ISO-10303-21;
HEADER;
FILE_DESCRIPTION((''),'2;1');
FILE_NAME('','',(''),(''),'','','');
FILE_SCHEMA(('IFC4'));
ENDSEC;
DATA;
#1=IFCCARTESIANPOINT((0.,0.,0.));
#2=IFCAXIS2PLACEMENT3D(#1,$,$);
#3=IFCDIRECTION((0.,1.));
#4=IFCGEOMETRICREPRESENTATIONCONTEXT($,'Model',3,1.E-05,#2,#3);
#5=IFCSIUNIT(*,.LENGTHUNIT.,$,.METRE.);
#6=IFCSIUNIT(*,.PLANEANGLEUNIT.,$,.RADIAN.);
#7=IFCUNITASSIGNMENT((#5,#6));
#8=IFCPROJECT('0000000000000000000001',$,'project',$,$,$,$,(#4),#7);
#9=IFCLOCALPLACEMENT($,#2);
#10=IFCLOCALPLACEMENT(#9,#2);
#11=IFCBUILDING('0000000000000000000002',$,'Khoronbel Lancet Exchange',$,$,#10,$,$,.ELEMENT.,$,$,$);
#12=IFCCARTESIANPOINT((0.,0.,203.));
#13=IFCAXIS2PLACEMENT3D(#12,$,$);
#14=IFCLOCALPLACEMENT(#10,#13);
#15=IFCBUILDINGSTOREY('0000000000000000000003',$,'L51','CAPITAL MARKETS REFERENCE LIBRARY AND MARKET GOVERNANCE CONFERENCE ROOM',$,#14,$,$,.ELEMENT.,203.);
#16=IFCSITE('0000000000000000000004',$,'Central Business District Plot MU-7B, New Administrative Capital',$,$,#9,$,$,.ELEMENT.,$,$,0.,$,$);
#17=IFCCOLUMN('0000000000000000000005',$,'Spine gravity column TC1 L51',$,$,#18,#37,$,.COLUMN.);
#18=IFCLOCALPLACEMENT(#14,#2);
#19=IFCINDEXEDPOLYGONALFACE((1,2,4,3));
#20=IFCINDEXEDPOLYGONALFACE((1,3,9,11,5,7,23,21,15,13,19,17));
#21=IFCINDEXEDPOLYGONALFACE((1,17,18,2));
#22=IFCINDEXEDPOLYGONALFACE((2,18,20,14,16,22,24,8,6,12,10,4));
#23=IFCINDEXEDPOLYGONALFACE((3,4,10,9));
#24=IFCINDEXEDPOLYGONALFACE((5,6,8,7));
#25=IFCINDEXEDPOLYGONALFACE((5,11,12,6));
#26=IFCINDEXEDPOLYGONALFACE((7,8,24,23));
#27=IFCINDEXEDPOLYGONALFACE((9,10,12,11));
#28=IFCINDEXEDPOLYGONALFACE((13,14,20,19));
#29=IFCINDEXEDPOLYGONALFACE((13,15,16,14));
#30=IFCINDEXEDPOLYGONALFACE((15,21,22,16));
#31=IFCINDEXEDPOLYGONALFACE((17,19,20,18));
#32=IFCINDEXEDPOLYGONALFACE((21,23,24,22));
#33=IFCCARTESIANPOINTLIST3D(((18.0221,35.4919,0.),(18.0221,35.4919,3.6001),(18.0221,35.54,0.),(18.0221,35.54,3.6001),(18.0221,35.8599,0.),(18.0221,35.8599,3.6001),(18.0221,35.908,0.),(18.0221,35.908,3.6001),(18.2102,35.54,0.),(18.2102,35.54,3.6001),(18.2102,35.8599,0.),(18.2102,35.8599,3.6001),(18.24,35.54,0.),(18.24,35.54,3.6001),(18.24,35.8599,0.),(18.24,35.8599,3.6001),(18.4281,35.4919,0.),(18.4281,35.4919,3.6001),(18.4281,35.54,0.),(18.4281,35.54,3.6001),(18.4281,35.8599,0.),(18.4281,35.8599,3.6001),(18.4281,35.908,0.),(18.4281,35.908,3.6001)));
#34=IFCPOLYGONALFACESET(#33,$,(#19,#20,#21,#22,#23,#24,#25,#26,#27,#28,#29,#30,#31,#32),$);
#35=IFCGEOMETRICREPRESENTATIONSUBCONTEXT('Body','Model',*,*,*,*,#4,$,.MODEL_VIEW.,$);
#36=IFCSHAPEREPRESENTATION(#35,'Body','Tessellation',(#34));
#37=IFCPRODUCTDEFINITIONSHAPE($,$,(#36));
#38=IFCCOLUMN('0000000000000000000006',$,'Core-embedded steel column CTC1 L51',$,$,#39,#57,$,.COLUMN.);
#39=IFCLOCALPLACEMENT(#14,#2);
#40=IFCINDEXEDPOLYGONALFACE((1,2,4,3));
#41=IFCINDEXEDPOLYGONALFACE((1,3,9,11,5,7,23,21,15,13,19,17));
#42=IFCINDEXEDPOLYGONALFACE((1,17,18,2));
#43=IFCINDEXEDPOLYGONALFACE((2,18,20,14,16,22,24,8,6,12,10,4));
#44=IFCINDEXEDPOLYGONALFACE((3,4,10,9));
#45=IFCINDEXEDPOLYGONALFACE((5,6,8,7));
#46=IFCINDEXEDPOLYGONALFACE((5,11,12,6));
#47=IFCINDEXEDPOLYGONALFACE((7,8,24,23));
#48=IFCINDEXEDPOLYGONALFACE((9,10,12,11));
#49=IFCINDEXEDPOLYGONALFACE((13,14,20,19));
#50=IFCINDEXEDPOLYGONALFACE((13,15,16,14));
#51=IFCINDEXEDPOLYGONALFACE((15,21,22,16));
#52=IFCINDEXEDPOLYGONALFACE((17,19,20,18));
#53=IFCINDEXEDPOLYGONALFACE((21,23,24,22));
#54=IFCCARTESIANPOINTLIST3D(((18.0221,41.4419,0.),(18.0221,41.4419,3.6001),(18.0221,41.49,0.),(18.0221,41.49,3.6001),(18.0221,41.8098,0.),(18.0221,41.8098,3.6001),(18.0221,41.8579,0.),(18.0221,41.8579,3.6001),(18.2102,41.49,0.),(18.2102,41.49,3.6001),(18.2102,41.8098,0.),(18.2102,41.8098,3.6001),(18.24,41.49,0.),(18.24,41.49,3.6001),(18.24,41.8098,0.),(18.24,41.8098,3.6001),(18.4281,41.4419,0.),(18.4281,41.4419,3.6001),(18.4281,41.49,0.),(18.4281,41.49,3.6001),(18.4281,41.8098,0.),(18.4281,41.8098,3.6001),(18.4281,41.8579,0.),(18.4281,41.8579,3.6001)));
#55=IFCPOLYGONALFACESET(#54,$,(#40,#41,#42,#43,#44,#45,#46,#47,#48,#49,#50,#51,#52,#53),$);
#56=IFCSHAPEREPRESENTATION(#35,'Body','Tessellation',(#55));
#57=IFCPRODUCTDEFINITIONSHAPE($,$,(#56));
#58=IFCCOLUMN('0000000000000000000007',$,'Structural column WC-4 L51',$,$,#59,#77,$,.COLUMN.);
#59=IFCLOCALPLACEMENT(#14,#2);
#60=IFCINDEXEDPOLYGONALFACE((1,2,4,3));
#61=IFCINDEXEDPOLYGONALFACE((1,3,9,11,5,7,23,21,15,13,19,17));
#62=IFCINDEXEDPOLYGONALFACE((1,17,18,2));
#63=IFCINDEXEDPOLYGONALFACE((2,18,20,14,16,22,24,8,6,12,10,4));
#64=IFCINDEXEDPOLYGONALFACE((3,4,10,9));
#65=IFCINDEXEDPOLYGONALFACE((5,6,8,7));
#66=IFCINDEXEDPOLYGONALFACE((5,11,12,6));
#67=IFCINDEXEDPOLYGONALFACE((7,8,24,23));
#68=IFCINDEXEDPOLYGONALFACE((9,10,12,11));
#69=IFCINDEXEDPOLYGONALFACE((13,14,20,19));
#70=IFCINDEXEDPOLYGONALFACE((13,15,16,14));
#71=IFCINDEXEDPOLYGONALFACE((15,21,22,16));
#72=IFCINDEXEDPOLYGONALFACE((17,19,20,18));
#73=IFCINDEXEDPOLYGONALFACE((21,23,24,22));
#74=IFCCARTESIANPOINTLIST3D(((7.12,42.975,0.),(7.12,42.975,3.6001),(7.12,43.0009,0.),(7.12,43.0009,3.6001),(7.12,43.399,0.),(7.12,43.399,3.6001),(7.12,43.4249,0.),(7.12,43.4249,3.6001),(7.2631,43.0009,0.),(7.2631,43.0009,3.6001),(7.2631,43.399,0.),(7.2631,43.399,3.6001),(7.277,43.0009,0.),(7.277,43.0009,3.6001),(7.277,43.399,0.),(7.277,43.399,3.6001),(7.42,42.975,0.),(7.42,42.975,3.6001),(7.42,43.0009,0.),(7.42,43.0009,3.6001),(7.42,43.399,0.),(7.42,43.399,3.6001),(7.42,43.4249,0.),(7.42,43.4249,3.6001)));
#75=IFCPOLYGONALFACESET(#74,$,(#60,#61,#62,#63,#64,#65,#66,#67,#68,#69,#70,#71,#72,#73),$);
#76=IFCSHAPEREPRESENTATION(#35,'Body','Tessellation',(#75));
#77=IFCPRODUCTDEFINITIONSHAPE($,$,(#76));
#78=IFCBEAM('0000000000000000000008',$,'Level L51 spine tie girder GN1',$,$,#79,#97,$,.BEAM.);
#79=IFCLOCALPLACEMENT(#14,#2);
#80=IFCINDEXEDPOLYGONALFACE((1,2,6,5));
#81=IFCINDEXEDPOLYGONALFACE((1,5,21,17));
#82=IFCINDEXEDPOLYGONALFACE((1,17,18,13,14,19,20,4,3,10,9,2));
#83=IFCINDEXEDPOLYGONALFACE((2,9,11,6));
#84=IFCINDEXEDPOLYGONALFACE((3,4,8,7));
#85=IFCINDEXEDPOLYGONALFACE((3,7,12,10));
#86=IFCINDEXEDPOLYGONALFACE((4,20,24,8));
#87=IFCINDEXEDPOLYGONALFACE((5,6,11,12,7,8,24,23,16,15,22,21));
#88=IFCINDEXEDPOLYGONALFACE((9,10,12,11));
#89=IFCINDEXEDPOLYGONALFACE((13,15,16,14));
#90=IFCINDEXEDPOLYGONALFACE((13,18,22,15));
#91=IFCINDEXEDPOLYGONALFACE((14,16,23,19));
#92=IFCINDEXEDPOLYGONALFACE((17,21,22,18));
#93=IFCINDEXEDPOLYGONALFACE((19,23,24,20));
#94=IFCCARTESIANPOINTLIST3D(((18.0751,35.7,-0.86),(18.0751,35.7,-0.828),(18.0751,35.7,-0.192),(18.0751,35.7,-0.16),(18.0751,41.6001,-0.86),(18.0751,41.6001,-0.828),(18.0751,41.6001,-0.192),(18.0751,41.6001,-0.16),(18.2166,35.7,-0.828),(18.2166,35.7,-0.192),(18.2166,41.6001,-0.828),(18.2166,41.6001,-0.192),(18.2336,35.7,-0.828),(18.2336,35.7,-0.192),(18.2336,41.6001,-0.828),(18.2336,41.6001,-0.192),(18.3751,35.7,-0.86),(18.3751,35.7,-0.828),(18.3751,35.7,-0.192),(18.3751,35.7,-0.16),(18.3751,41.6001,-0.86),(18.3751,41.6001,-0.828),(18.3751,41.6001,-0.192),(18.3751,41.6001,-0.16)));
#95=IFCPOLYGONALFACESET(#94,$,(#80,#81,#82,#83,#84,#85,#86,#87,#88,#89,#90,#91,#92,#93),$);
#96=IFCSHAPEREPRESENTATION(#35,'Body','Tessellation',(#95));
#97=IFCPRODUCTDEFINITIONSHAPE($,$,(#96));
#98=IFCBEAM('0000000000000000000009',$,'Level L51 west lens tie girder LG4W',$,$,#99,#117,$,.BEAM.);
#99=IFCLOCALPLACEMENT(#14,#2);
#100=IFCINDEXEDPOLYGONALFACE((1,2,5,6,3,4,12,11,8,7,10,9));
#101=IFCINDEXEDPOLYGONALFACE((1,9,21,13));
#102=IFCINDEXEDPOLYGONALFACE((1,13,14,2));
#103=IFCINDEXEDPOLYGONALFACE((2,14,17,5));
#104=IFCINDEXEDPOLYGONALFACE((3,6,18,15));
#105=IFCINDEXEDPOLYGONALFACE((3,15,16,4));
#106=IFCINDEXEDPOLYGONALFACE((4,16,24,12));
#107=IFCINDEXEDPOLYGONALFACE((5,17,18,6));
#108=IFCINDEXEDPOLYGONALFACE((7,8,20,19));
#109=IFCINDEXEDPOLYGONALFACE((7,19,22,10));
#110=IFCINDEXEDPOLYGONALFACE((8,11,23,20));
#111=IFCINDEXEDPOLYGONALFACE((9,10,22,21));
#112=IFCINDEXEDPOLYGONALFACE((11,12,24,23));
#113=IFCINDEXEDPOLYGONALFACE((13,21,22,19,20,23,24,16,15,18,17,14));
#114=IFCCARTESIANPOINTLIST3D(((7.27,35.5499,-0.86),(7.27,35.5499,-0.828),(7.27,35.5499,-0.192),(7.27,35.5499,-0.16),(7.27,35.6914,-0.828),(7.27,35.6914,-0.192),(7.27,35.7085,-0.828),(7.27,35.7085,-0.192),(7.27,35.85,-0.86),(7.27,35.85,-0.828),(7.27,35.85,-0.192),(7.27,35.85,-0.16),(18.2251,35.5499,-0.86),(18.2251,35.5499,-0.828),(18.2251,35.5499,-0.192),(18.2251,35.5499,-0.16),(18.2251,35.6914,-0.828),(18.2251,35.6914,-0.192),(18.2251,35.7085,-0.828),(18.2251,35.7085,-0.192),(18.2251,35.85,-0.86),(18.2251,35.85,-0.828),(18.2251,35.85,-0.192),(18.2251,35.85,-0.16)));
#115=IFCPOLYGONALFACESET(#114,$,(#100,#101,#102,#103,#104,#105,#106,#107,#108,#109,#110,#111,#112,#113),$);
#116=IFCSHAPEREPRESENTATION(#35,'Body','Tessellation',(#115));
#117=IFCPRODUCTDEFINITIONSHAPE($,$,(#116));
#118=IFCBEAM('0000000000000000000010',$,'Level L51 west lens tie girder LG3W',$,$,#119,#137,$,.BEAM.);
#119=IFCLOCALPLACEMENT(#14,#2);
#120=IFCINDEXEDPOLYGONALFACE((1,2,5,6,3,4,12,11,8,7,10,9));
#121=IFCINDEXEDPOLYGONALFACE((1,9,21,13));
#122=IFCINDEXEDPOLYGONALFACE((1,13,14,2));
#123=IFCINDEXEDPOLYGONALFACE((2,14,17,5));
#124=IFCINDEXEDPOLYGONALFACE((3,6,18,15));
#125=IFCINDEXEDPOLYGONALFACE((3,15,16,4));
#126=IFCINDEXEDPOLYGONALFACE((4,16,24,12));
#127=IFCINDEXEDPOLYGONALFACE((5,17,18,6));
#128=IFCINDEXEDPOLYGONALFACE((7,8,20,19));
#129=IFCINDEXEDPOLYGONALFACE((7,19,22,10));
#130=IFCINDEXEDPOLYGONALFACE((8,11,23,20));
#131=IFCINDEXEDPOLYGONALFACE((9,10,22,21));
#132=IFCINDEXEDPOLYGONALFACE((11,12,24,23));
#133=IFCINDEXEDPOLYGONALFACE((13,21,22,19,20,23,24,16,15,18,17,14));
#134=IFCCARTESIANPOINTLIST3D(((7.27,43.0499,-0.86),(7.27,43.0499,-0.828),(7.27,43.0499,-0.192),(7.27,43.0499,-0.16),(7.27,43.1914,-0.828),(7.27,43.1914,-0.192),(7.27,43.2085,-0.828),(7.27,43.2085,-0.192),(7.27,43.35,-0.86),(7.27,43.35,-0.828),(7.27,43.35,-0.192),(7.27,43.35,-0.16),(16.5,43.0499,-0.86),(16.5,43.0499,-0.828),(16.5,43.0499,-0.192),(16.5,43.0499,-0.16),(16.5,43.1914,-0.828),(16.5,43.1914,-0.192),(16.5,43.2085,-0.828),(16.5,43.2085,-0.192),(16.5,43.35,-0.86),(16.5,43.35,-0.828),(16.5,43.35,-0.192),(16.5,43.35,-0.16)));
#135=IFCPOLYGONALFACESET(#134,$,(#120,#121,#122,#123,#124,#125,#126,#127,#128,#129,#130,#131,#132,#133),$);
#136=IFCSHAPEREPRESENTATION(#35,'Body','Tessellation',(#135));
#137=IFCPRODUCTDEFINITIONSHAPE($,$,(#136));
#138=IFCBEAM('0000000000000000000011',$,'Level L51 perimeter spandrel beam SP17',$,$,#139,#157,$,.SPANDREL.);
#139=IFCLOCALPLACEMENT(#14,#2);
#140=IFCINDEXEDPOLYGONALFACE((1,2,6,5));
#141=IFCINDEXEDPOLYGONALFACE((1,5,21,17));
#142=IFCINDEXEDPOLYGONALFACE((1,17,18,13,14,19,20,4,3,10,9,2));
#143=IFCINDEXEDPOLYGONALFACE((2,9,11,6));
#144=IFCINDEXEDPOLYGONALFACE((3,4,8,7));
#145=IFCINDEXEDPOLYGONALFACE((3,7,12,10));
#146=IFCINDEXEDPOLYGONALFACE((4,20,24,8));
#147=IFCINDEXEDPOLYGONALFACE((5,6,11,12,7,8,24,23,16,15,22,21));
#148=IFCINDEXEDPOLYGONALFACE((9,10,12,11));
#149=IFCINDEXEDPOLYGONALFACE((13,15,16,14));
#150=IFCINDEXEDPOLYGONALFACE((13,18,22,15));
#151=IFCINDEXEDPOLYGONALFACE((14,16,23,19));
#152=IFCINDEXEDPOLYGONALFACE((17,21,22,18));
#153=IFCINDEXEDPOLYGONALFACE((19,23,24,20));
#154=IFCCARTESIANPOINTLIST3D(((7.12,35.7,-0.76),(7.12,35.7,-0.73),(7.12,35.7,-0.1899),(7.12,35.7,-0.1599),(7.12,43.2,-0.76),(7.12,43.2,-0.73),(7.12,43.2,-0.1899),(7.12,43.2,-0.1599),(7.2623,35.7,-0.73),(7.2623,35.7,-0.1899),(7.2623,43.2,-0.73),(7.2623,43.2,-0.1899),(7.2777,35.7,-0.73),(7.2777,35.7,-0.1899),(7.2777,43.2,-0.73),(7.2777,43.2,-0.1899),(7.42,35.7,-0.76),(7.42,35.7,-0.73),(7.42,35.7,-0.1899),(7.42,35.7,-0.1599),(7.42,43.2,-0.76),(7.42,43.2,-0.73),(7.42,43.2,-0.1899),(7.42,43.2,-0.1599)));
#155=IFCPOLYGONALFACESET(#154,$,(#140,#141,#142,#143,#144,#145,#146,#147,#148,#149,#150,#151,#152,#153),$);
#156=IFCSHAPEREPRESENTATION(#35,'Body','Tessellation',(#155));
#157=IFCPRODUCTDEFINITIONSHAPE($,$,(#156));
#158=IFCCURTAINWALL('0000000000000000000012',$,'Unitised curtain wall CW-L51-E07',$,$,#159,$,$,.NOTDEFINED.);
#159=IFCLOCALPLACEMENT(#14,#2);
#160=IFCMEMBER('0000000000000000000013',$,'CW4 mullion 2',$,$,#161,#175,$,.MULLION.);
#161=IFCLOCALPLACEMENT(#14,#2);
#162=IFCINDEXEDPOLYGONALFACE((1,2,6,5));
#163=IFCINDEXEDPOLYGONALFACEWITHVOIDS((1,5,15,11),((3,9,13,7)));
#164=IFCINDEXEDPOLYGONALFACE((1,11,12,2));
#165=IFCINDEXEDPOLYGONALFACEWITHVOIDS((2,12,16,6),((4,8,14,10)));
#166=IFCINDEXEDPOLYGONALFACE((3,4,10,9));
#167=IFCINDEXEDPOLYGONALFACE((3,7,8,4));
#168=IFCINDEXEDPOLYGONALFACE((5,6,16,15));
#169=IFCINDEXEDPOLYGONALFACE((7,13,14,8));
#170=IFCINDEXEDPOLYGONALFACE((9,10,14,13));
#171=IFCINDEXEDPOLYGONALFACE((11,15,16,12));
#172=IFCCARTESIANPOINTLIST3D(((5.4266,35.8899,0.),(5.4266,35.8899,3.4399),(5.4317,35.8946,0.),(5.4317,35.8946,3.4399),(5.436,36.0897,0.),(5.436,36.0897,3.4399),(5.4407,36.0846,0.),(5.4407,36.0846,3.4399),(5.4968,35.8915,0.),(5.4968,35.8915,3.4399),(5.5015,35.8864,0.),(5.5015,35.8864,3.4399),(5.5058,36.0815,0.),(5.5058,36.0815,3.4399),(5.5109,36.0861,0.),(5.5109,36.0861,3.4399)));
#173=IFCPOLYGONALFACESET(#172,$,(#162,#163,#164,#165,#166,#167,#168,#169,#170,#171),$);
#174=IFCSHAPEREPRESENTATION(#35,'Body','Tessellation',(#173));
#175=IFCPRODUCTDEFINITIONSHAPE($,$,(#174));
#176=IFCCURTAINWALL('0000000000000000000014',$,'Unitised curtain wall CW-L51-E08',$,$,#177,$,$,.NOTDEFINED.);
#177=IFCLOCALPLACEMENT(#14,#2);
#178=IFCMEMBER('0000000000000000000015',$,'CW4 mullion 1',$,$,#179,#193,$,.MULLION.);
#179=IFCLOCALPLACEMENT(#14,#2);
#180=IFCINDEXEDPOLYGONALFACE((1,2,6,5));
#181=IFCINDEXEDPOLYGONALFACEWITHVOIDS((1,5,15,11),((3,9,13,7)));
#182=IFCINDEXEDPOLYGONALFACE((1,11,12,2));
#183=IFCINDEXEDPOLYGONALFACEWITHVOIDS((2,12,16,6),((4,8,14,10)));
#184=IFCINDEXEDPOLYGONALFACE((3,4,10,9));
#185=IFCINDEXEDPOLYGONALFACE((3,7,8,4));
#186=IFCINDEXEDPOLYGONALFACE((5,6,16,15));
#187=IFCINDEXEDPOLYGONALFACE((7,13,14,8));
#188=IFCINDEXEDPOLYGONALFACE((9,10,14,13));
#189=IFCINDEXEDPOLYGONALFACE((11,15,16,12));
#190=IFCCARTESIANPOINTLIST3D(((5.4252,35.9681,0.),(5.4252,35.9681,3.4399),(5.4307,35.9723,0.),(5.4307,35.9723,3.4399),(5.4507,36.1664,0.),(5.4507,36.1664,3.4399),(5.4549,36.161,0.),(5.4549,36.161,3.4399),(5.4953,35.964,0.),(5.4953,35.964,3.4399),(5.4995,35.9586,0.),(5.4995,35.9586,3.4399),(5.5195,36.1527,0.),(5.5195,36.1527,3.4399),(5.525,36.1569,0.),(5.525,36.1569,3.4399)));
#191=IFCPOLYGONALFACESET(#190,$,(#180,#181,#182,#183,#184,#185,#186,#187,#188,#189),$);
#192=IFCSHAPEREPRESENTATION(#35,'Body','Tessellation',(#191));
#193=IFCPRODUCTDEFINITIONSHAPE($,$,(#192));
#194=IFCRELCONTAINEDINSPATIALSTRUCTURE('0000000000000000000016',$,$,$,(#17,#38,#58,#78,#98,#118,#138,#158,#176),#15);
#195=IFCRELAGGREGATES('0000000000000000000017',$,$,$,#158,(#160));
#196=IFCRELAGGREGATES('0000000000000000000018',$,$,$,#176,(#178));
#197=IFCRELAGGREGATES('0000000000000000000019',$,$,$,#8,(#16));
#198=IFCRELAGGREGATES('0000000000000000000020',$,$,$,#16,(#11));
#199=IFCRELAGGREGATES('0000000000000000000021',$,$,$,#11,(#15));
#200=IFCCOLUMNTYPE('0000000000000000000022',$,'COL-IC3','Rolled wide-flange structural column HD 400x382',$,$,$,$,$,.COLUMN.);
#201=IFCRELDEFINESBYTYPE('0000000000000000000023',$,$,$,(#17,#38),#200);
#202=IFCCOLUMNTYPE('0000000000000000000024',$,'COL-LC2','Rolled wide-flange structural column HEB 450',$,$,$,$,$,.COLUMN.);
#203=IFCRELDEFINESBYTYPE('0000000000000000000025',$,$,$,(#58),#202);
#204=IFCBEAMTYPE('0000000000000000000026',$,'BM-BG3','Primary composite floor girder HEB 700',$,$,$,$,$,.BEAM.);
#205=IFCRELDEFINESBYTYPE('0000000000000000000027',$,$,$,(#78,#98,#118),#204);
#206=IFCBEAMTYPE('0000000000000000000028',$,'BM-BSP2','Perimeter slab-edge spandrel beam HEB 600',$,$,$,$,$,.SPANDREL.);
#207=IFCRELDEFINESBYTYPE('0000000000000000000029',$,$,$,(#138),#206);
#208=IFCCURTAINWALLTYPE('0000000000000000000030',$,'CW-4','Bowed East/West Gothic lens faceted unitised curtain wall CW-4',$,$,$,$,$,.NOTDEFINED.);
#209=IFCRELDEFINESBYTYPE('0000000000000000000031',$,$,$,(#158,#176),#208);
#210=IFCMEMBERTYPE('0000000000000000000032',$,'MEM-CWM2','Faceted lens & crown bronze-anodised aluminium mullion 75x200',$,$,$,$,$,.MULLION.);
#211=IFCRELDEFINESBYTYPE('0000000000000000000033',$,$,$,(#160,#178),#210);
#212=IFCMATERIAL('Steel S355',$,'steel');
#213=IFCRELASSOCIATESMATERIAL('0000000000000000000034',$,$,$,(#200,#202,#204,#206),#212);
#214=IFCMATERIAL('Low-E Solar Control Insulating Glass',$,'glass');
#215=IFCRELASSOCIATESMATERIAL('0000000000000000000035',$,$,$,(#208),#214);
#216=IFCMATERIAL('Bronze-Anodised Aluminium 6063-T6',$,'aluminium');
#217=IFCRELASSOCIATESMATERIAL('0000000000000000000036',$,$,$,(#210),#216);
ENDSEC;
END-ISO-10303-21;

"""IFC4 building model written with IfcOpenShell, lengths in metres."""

from ifc_helpers import new_model, si_unit, direction, frame, origin, origin_2d, place, context, subcontext, project, spatial, hollow_rectangle, i_section, extrude, material, material_profile, profile_set, type_object, element, aggregate, save


model = new_model("IFC4")

# Units and contexts
model_context = context("Model", 3, precision=1e-05, world=origin(), true_north=direction((0.0, 1.0)))
body_context = subcontext(model_context, "Body", "Model", "MODEL_VIEW")
ifc_project = project(units=[si_unit("LENGTHUNIT", "METRE"), si_unit("PLANEANGLEUNIT", "RADIAN")], contexts=[model_context])

# Site, building, storey
site_placement = place(None, origin())
site = spatial("IfcSite", under=ifc_project, at=site_placement, Name="Central Business District Plot MU-7B, New Administrative Capital", CompositionType="ELEMENT", RefElevation=0.0)
building_placement = place(site_placement, origin())
building = spatial("IfcBuilding", under=site, at=building_placement, Name="Khoronbel Lancet Exchange", CompositionType="ELEMENT")
storey_placement = place(building_placement, frame((0.0, 0.0, 203.0)))
storey = spatial("IfcBuildingStorey", under=building, at=storey_placement, Name="L51", Description="CAPITAL MARKETS REFERENCE LIBRARY AND MARKET GOVERNANCE CONFERENCE ROOM", CompositionType="ELEMENT", Elevation=203.0)

# Columns
ifc_material_1 = material(Name="Steel S355", Category="steel")
ifc_material_profile_1 = material_profile(ifc_material_1, i_section(OverallWidth=0.406, OverallDepth=0.416, WebThickness=0.0298, FlangeThickness=0.0481, at=origin_2d()), Name="HD 400x382")
ifc_profile_set_1 = profile_set([ifc_material_profile_1], Name="Steel S355")
column_type_1 = type_object("IfcColumnType", Name="COL-IC3", Description="Rolled wide-flange structural column HD 400x382", PredefinedType="COLUMN", material=ifc_profile_set_1)
for number, where, z_axis, x_axis, name in (
    (1, (18.2251, 35.7, 0.0), (0.0, 0.0, 1.0), (1.0, 0.0, 0.0), "Spine gravity column TC1 L51"),
    (2, (18.2251, 41.6499, 0.0), (0.0, 0.0, 1.0), (1.0, 0.0, 0.0), "Core-embedded steel column CTC1 L51"),
):
    element("IfcColumn", number, at=place(storey_placement, frame(where, z_axis=z_axis, x_axis=x_axis)), inside=storey, type_object=column_type_1, Name=name, PredefinedType="COLUMN", context=body_context, shape_type="SweptSolid", body=[
        extrude(i_section(OverallWidth=0.406, OverallDepth=0.416, WebThickness=0.0298, FlangeThickness=0.0481, at=origin_2d()), origin(), (0.0, 0.0, 1.0), 3.6001),
    ])
ifc_material_profile_2 = material_profile(ifc_material_1, i_section(OverallWidth=0.3, OverallDepth=0.45, WebThickness=0.0139, FlangeThickness=0.0259, at=origin_2d()), Name="HEB 450")
ifc_profile_set_2 = profile_set([ifc_material_profile_2], Name="Steel S355")
column_type_2 = type_object("IfcColumnType", Name="COL-LC2", Description="Rolled wide-flange structural column HEB 450", PredefinedType="COLUMN", material=ifc_profile_set_2)
column_placement = place(storey_placement, frame((7.27, 43.2, 0.0), z_axis=(0.0, 0.0, 1.0), x_axis=(1.0, 0.0, 0.0)))
element("IfcColumn", 3, at=column_placement, inside=storey, type_object=column_type_2, Name="Structural column WC-4 L51", PredefinedType="COLUMN", context=body_context, shape_type="SweptSolid", body=[
    extrude(i_section(OverallWidth=0.3, OverallDepth=0.45, WebThickness=0.0139, FlangeThickness=0.0259, at=origin_2d()), origin(), (0.0, 0.0, 1.0), 3.6001),
])

# Beams
ifc_material_profile_3 = material_profile(ifc_material_1, i_section(OverallWidth=0.3, OverallDepth=0.7, WebThickness=0.0171, FlangeThickness=0.032, at=origin_2d()), Name="HEB 700")
ifc_profile_set_3 = profile_set([ifc_material_profile_3], Name="Steel S355")
beam_type_1 = type_object("IfcBeamType", Name="BM-BG3", Description="Primary composite floor girder HEB 700", PredefinedType="BEAM", material=ifc_profile_set_3)
beam_1_placement = place(storey_placement, frame((18.2251, 35.7, -0.51), z_axis=(0.0, 1.0, 0.0), x_axis=(-1.0, 0.0, 0.0)))
element("IfcBeam", 4, at=beam_1_placement, inside=storey, type_object=beam_type_1, Name="Level L51 spine tie girder GN1", PredefinedType="BEAM", context=body_context, shape_type="SweptSolid", body=[
    extrude(i_section(OverallWidth=0.3, OverallDepth=0.7, WebThickness=0.0171, FlangeThickness=0.032, at=origin_2d()), origin(), (0.0, 0.0, 1.0), 5.9001),
])
beam_2_placement = place(storey_placement, frame((7.27, 35.7, -0.51), z_axis=(1.0, 0.0, 0.0), x_axis=(0.0, 1.0, 0.0)))
element("IfcBeam", 5, at=beam_2_placement, inside=storey, type_object=beam_type_1, Name="Level L51 west lens tie girder LG4W", PredefinedType="BEAM", context=body_context, shape_type="SweptSolid", body=[
    extrude(i_section(OverallWidth=0.3, OverallDepth=0.7, WebThickness=0.0171, FlangeThickness=0.032, at=origin_2d()), origin(), (0.0, 0.0, 1.0), 10.9551),
])
beam_3_placement = place(storey_placement, frame((7.27, 43.2, -0.51), z_axis=(1.0, 0.0, 0.0), x_axis=(0.0, 1.0, 0.0)))
element("IfcBeam", 6, at=beam_3_placement, inside=storey, type_object=beam_type_1, Name="Level L51 west lens tie girder LG3W", PredefinedType="BEAM", context=body_context, shape_type="SweptSolid", body=[
    extrude(i_section(OverallWidth=0.3, OverallDepth=0.7, WebThickness=0.0171, FlangeThickness=0.032, at=origin_2d()), origin(), (0.0, 0.0, 1.0), 9.23),
])
ifc_material_profile_4 = material_profile(ifc_material_1, i_section(OverallWidth=0.3, OverallDepth=0.6001, WebThickness=0.0154, FlangeThickness=0.03, at=origin_2d()), Name="HEB 600")
ifc_profile_set_4 = profile_set([ifc_material_profile_4], Name="Steel S355")
beam_type_2 = type_object("IfcBeamType", Name="BM-BSP2", Description="Perimeter slab-edge spandrel beam HEB 600", PredefinedType="SPANDREL", material=ifc_profile_set_4)
beam_4_placement = place(storey_placement, frame((7.27, 43.2, -0.46), z_axis=(0.0, -1.0, 0.0), x_axis=(1.0, 0.0, 0.0)))
element("IfcBeam", 7, at=beam_4_placement, inside=storey, type_object=beam_type_2, Name="Level L51 perimeter spandrel beam SP17", PredefinedType="SPANDREL", context=body_context, shape_type="SweptSolid", body=[
    extrude(i_section(OverallWidth=0.3, OverallDepth=0.6001, WebThickness=0.0154, FlangeThickness=0.03, at=origin_2d()), origin(), (0.0, 0.0, 1.0), 7.5),
])

# Curtain wall, member
ifc_material_2 = material(Name="Low-E Solar Control Insulating Glass", Category="glass")
curtain_wall_type = type_object("IfcCurtainWallType", Name="CW-4", Description="Bowed East/West Gothic lens faceted unitised curtain wall CW-4", PredefinedType="NOTDEFINED", material=ifc_material_2)
curtain_wall_1_placement = place(storey_placement, origin())
curtain_wall_1 = element("IfcCurtainWall", 8, at=curtain_wall_1_placement, inside=storey, type_object=curtain_wall_type, Name="Unitised curtain wall CW-L51-E07", PredefinedType="NOTDEFINED")
ifc_material_3 = material(Name="Bronze-Anodised Aluminium 6063-T6", Category="aluminium")
ifc_material_profile_5 = material_profile(ifc_material_3, hollow_rectangle(XDim=0.075, YDim=0.2, WallThickness=0.0049, at=origin_2d()), Name="ALU MULLION 75x200")
ifc_profile_set_5 = profile_set([ifc_material_profile_5], Name="Bronze-Anodised Aluminium 6063-T6")
member_type_1 = type_object("IfcMemberType", Name="MEM-CWM2", Description="Faceted lens & crown bronze-anodised aluminium mullion 75x200", PredefinedType="MULLION", material=ifc_profile_set_5)
member_1_placement = place(storey_placement, frame((5.4688, 35.988, 0.0), z_axis=(0.0, 0.0, 1.0), x_axis=(-0.998896, 0.04697, 0.0)))
member_1 = element("IfcMember", 9, at=member_1_placement, type_object=member_type_1, Name="CW4 mullion 2", PredefinedType="MULLION", context=body_context, shape_type="SweptSolid", body=[
    extrude(hollow_rectangle(XDim=0.075, YDim=0.2, WallThickness=0.0049, at=origin_2d()), origin(), (0.0, 0.0, 1.0), 3.4399),
])
aggregate(curtain_wall_1, [member_1])

# Curtain wall, member
curtain_wall_2_placement = place(storey_placement, origin())
curtain_wall_2 = element("IfcCurtainWall", 10, at=curtain_wall_2_placement, inside=storey, type_object=curtain_wall_type, Name="Unitised curtain wall CW-L51-E08", PredefinedType="NOTDEFINED")
member_2_placement = place(storey_placement, frame((5.4751, 36.0625, 0.0), z_axis=(0.0, 0.0, 1.0), x_axis=(-0.991847, 0.127437, 0.0)))
member_2 = element("IfcMember", 11, at=member_2_placement, type_object=member_type_1, Name="CW4 mullion 1", PredefinedType="MULLION", context=body_context, shape_type="SweptSolid", body=[
    extrude(hollow_rectangle(XDim=0.075, YDim=0.2, WallThickness=0.0049, at=origin_2d()), origin(), (0.0, 0.0, 1.0), 3.4399),
])

aggregate(curtain_wall_2, [member_2])

save(model, "model.ifc")
